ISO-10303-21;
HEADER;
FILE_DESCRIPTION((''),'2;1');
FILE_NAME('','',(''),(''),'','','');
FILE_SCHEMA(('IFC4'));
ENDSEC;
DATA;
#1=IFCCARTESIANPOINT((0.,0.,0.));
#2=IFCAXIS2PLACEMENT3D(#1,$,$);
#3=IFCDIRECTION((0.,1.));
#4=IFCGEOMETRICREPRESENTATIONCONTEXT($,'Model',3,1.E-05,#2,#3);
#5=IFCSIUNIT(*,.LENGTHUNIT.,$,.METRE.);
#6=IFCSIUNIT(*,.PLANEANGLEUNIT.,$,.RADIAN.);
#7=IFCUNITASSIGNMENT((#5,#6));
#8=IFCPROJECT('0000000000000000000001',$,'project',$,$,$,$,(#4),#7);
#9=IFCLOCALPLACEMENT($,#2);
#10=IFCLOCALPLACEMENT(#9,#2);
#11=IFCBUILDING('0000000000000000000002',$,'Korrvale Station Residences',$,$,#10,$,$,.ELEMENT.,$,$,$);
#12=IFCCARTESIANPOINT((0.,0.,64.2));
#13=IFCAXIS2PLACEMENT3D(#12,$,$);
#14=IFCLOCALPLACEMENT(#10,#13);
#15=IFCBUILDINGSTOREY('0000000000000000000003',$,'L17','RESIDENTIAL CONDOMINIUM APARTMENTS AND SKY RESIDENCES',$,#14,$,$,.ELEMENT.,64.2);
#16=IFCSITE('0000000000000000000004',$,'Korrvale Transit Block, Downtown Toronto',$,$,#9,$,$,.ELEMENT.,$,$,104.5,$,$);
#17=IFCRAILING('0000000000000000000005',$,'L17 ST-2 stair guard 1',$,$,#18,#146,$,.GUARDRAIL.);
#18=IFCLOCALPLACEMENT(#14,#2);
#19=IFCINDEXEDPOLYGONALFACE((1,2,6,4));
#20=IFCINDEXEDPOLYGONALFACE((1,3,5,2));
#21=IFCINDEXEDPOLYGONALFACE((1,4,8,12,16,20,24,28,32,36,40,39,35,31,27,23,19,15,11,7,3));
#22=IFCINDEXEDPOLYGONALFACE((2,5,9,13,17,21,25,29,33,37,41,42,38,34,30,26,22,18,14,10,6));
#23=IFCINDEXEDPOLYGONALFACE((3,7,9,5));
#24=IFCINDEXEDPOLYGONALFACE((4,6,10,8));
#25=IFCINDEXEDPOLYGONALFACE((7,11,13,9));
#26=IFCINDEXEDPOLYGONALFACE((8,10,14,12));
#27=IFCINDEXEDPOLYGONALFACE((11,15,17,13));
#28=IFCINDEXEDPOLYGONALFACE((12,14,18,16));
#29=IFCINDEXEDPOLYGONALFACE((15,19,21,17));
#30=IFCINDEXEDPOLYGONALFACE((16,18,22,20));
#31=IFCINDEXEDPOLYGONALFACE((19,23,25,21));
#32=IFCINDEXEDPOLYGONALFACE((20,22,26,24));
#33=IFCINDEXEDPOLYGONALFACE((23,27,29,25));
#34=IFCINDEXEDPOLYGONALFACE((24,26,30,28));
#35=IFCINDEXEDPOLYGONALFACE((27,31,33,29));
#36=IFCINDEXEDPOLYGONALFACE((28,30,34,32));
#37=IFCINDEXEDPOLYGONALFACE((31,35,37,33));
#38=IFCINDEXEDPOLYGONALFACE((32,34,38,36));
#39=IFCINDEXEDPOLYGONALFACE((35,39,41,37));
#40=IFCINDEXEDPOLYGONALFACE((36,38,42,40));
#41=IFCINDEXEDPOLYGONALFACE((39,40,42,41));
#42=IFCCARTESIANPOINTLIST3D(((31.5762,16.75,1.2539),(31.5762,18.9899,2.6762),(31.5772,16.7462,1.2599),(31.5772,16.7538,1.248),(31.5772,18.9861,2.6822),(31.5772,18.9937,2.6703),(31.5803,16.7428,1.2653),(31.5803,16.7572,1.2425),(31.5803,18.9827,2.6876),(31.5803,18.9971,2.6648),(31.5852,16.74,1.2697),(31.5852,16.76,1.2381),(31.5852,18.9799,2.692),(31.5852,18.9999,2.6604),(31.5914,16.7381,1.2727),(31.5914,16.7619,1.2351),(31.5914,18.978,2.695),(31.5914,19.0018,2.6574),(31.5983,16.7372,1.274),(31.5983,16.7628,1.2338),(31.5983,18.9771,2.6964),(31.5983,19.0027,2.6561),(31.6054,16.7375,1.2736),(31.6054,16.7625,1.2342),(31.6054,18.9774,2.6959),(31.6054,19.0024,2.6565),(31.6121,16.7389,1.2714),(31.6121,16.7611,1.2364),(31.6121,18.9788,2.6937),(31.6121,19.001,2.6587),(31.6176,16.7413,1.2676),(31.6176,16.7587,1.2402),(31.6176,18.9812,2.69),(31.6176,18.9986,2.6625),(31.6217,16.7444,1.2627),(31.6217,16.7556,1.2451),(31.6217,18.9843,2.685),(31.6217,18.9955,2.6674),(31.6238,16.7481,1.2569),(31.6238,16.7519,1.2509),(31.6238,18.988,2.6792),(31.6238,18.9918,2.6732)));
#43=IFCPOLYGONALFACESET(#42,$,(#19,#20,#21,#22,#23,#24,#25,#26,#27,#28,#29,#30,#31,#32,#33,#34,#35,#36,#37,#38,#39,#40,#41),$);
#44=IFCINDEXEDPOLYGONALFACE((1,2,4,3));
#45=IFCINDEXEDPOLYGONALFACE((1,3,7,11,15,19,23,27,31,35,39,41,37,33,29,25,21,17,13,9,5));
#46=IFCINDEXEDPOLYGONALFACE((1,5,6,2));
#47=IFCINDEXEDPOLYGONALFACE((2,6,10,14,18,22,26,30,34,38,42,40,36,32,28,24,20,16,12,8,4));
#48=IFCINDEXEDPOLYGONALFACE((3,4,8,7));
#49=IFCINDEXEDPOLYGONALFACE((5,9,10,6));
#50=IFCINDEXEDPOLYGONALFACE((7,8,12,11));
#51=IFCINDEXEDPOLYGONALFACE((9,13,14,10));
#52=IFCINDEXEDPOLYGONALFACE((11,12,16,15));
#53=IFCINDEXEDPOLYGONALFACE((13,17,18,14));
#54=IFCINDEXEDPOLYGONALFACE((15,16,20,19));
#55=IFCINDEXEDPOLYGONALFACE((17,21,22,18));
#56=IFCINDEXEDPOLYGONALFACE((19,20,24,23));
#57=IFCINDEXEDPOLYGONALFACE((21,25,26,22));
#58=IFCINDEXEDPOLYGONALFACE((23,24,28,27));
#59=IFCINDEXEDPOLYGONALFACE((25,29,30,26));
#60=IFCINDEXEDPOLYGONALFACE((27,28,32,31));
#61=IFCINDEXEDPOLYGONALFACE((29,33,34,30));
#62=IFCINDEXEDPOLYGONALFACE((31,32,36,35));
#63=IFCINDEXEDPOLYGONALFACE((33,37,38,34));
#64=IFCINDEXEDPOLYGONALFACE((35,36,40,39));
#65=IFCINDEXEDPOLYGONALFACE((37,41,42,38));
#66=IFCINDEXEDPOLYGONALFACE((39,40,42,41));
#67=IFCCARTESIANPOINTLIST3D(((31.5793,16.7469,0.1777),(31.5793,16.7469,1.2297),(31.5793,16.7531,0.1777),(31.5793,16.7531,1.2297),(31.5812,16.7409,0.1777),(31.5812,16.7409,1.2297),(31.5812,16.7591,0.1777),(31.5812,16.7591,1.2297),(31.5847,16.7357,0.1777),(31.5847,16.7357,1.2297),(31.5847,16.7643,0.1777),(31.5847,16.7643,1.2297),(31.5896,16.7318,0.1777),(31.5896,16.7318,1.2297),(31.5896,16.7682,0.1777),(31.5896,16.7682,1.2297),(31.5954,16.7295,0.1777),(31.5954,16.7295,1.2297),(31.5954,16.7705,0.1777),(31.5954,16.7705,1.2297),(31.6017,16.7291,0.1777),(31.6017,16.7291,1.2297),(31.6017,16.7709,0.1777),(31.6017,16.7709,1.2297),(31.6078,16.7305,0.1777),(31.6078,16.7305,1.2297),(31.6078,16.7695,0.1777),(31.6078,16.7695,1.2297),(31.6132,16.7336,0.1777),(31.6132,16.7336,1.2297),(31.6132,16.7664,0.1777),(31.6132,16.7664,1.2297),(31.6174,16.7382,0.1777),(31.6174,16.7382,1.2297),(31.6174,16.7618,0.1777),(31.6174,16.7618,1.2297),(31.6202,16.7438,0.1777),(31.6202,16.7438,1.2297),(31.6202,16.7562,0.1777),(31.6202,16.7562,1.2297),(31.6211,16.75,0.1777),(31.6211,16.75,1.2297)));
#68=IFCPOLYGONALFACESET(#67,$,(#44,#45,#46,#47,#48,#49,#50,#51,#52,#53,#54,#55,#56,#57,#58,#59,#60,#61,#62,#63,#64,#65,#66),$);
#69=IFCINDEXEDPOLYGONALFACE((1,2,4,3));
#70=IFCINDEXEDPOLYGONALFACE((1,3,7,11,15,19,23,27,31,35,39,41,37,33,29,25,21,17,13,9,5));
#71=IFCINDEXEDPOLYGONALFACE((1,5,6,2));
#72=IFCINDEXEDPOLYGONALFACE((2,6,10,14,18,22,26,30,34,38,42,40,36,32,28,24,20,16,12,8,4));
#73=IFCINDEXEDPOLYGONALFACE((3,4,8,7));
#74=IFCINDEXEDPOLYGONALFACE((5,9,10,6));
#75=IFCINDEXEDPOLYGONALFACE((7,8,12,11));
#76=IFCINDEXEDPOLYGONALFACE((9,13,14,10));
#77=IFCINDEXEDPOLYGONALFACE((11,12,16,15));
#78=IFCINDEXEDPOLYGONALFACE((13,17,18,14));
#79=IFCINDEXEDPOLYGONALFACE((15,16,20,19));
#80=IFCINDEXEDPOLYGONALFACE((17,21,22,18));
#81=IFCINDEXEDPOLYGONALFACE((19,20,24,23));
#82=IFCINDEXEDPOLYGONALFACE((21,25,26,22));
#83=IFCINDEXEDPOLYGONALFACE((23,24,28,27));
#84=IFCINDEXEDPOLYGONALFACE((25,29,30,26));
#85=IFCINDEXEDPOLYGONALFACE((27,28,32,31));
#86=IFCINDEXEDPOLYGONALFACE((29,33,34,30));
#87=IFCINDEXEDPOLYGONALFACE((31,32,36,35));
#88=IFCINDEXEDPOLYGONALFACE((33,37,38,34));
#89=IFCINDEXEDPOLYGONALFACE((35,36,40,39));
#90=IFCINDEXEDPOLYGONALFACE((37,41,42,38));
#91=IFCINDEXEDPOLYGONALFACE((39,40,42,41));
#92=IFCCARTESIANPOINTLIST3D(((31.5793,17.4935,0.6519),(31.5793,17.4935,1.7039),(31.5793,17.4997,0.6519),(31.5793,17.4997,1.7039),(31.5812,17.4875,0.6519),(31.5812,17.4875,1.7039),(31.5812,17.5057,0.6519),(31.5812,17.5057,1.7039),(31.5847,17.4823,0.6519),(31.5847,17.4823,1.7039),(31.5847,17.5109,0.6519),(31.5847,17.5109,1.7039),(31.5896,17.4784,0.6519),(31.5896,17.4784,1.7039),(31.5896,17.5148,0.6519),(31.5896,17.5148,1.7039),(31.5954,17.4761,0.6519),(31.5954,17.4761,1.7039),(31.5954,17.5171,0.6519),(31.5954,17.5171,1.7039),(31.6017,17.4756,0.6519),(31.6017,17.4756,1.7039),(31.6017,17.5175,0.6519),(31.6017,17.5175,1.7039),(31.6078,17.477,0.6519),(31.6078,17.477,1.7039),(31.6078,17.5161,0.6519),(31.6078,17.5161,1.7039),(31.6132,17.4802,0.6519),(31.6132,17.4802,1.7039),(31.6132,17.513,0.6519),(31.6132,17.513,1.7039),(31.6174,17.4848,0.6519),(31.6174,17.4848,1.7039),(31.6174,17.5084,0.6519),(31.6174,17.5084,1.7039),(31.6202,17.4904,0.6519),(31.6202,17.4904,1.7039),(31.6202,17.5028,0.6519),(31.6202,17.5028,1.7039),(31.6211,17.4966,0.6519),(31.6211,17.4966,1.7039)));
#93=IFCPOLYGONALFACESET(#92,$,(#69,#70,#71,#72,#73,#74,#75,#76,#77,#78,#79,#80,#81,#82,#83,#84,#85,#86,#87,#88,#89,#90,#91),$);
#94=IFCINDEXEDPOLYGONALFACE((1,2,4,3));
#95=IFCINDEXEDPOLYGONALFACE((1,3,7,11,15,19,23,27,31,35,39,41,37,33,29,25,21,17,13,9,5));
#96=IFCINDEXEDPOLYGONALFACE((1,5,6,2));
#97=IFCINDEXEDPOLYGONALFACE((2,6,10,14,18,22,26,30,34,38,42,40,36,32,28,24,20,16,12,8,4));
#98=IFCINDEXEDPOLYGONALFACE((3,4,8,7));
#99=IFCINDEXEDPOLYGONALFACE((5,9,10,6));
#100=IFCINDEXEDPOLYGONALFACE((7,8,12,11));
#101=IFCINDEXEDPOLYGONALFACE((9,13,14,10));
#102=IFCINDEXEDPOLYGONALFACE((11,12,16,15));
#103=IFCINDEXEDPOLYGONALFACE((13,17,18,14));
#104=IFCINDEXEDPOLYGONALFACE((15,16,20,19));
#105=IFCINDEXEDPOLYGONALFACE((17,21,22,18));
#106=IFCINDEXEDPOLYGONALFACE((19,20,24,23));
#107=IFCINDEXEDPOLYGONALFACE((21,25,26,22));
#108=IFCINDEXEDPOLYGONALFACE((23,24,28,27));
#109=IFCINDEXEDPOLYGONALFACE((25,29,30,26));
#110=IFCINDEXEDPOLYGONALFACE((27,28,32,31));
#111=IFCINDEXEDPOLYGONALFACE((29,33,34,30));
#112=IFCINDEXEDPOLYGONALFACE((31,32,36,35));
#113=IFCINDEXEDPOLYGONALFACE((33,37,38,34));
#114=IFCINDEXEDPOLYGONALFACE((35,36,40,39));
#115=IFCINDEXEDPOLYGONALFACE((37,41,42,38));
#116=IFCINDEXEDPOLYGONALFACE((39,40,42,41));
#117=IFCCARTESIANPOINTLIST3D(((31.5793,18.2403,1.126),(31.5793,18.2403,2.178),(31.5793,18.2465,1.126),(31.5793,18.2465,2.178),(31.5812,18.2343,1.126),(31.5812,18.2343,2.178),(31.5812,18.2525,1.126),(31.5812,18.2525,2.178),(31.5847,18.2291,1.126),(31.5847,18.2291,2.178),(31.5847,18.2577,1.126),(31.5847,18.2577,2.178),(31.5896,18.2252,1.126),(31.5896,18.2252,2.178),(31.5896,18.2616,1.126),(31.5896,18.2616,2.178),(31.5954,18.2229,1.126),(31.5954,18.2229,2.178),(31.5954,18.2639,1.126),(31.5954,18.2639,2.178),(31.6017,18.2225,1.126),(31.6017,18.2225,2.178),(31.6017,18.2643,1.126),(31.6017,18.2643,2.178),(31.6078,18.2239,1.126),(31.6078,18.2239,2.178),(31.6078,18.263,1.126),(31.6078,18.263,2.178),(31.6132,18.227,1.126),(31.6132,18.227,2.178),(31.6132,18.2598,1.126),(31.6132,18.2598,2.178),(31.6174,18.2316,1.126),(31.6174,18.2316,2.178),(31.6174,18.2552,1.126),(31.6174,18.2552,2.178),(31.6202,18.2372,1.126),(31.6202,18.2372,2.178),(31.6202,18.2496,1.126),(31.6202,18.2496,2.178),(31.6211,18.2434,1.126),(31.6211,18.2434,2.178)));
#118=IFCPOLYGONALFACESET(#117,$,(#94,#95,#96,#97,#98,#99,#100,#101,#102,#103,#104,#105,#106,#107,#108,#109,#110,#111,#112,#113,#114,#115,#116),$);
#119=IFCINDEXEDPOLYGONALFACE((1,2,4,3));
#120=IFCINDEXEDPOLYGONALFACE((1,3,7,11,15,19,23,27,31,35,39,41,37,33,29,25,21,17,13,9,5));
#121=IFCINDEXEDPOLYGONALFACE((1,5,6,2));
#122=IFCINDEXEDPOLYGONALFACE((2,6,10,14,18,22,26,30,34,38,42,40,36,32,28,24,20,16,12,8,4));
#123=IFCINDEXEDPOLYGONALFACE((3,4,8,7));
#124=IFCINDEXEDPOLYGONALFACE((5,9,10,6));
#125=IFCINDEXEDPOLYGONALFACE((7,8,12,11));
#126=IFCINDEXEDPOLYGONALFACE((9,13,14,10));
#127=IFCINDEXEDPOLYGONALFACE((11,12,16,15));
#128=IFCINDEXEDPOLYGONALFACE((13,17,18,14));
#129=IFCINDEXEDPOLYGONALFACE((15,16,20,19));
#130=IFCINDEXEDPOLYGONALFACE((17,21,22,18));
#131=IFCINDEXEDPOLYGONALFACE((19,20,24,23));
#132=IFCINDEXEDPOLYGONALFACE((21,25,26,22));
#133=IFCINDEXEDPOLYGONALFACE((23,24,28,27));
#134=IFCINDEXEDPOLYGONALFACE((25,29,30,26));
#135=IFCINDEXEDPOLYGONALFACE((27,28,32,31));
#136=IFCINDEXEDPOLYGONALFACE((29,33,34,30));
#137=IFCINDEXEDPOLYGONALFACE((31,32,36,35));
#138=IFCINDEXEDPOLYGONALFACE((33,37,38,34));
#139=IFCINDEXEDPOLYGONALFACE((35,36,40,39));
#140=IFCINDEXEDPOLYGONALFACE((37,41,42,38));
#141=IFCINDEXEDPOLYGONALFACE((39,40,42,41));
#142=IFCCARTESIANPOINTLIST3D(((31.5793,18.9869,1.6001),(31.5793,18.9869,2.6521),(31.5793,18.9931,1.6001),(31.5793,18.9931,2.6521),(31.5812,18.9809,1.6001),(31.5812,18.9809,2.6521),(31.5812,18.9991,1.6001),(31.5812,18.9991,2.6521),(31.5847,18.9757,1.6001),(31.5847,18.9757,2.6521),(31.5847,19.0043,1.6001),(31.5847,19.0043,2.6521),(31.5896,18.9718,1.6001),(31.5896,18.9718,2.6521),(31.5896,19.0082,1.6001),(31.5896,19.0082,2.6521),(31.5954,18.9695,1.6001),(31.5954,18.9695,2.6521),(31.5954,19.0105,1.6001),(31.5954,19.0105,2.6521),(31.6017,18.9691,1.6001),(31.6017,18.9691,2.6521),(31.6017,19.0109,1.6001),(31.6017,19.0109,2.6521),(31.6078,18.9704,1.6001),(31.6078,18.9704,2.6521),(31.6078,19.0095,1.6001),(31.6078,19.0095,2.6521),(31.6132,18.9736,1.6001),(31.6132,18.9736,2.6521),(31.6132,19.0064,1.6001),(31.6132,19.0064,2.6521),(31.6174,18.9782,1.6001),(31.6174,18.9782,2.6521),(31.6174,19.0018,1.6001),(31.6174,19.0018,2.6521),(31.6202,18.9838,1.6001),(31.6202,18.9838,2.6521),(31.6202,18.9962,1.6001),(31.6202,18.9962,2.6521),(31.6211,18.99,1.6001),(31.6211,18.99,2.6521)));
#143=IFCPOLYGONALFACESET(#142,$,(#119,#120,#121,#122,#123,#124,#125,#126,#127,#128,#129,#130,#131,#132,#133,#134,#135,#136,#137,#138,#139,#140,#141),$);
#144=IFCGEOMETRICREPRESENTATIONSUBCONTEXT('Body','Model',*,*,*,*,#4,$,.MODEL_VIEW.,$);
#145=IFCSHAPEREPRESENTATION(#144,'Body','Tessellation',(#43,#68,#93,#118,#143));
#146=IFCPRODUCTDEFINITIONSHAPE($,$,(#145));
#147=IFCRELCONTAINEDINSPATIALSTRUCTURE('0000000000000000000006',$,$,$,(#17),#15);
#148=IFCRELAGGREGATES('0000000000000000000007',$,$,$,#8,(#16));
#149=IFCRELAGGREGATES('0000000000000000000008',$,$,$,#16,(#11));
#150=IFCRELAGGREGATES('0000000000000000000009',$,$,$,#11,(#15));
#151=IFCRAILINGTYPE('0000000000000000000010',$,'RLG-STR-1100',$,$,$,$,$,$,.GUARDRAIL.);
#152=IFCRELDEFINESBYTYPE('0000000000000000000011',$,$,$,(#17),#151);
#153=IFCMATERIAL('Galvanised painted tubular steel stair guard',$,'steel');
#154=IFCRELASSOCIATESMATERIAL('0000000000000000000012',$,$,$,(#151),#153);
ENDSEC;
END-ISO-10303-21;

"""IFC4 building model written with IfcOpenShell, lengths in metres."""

from ifc_helpers import new_model, si_unit, direction, frame, origin, origin_2d, place, context, subcontext, project, spatial, circle, extrude, material, type_object, element, save


model = new_model("IFC4")

# Units and contexts
model_context = context("Model", 3, precision=1e-05, world=origin(), true_north=direction((0.0, 1.0)))
body_context = subcontext(model_context, "Body", "Model", "MODEL_VIEW")
ifc_project = project(units=[si_unit("LENGTHUNIT", "METRE"), si_unit("PLANEANGLEUNIT", "RADIAN")], contexts=[model_context])

# Site, building, storey
site_placement = place(None, origin())
site = spatial("IfcSite", under=ifc_project, at=site_placement, Name="Korrvale Transit Block, Downtown Toronto", CompositionType="ELEMENT", RefElevation=104.5)
building_placement = place(site_placement, origin())
building = spatial("IfcBuilding", under=site, at=building_placement, Name="Korrvale Station Residences", CompositionType="ELEMENT")
storey_placement = place(building_placement, frame((0.0, 0.0, 64.2)))
storey = spatial("IfcBuildingStorey", under=building, at=storey_placement, Name="L17", Description="RESIDENTIAL CONDOMINIUM APARTMENTS AND SKY RESIDENCES", CompositionType="ELEMENT", Elevation=64.2)

# Railing
ifc_material_1 = material(Name="Galvanised painted tubular steel stair guard", Category="steel")
railing_type_1 = type_object("IfcRailingType", Name="RLG-STR-1100", PredefinedType="GUARDRAIL", material=ifc_material_1)
railing_1_placement = place(storey_placement, frame((31.6001, 16.75, 0.1777)))
element("IfcRailing", 1, at=railing_1_placement, inside=storey, type_object=railing_type_1, Name="L17 ST-2 stair guard 1", PredefinedType="GUARDRAIL", context=body_context, shape_type="SweptSolid", body=[
    extrude(circle(Radius=0.0239, at=origin_2d()), frame((0.0, 0.0, 1.0762), z_axis=(0.0, 0.844188, 0.536048), x_axis=(-1.0, 0.0, 0.0)), (0.0, 0.0, 1.0), 2.6533),
    extrude(circle(Radius=0.021, at=origin_2d()), origin(), (0.0, 0.0, 1.0), 1.052),
    extrude(circle(Radius=0.021, at=origin_2d()), frame((0.0, 0.7466, 0.4741)), (0.0, 0.0, 1.0), 1.052),
    extrude(circle(Radius=0.021, at=origin_2d()), frame((0.0, 1.4934, 0.9482)), (0.0, 0.0, 1.0), 1.052),
    extrude(circle(Radius=0.021, at=origin_2d()), frame((0.0, 2.24, 1.4224)), (0.0, 0.0, 1.0), 1.052),
])

save(model, "model.ifc")
